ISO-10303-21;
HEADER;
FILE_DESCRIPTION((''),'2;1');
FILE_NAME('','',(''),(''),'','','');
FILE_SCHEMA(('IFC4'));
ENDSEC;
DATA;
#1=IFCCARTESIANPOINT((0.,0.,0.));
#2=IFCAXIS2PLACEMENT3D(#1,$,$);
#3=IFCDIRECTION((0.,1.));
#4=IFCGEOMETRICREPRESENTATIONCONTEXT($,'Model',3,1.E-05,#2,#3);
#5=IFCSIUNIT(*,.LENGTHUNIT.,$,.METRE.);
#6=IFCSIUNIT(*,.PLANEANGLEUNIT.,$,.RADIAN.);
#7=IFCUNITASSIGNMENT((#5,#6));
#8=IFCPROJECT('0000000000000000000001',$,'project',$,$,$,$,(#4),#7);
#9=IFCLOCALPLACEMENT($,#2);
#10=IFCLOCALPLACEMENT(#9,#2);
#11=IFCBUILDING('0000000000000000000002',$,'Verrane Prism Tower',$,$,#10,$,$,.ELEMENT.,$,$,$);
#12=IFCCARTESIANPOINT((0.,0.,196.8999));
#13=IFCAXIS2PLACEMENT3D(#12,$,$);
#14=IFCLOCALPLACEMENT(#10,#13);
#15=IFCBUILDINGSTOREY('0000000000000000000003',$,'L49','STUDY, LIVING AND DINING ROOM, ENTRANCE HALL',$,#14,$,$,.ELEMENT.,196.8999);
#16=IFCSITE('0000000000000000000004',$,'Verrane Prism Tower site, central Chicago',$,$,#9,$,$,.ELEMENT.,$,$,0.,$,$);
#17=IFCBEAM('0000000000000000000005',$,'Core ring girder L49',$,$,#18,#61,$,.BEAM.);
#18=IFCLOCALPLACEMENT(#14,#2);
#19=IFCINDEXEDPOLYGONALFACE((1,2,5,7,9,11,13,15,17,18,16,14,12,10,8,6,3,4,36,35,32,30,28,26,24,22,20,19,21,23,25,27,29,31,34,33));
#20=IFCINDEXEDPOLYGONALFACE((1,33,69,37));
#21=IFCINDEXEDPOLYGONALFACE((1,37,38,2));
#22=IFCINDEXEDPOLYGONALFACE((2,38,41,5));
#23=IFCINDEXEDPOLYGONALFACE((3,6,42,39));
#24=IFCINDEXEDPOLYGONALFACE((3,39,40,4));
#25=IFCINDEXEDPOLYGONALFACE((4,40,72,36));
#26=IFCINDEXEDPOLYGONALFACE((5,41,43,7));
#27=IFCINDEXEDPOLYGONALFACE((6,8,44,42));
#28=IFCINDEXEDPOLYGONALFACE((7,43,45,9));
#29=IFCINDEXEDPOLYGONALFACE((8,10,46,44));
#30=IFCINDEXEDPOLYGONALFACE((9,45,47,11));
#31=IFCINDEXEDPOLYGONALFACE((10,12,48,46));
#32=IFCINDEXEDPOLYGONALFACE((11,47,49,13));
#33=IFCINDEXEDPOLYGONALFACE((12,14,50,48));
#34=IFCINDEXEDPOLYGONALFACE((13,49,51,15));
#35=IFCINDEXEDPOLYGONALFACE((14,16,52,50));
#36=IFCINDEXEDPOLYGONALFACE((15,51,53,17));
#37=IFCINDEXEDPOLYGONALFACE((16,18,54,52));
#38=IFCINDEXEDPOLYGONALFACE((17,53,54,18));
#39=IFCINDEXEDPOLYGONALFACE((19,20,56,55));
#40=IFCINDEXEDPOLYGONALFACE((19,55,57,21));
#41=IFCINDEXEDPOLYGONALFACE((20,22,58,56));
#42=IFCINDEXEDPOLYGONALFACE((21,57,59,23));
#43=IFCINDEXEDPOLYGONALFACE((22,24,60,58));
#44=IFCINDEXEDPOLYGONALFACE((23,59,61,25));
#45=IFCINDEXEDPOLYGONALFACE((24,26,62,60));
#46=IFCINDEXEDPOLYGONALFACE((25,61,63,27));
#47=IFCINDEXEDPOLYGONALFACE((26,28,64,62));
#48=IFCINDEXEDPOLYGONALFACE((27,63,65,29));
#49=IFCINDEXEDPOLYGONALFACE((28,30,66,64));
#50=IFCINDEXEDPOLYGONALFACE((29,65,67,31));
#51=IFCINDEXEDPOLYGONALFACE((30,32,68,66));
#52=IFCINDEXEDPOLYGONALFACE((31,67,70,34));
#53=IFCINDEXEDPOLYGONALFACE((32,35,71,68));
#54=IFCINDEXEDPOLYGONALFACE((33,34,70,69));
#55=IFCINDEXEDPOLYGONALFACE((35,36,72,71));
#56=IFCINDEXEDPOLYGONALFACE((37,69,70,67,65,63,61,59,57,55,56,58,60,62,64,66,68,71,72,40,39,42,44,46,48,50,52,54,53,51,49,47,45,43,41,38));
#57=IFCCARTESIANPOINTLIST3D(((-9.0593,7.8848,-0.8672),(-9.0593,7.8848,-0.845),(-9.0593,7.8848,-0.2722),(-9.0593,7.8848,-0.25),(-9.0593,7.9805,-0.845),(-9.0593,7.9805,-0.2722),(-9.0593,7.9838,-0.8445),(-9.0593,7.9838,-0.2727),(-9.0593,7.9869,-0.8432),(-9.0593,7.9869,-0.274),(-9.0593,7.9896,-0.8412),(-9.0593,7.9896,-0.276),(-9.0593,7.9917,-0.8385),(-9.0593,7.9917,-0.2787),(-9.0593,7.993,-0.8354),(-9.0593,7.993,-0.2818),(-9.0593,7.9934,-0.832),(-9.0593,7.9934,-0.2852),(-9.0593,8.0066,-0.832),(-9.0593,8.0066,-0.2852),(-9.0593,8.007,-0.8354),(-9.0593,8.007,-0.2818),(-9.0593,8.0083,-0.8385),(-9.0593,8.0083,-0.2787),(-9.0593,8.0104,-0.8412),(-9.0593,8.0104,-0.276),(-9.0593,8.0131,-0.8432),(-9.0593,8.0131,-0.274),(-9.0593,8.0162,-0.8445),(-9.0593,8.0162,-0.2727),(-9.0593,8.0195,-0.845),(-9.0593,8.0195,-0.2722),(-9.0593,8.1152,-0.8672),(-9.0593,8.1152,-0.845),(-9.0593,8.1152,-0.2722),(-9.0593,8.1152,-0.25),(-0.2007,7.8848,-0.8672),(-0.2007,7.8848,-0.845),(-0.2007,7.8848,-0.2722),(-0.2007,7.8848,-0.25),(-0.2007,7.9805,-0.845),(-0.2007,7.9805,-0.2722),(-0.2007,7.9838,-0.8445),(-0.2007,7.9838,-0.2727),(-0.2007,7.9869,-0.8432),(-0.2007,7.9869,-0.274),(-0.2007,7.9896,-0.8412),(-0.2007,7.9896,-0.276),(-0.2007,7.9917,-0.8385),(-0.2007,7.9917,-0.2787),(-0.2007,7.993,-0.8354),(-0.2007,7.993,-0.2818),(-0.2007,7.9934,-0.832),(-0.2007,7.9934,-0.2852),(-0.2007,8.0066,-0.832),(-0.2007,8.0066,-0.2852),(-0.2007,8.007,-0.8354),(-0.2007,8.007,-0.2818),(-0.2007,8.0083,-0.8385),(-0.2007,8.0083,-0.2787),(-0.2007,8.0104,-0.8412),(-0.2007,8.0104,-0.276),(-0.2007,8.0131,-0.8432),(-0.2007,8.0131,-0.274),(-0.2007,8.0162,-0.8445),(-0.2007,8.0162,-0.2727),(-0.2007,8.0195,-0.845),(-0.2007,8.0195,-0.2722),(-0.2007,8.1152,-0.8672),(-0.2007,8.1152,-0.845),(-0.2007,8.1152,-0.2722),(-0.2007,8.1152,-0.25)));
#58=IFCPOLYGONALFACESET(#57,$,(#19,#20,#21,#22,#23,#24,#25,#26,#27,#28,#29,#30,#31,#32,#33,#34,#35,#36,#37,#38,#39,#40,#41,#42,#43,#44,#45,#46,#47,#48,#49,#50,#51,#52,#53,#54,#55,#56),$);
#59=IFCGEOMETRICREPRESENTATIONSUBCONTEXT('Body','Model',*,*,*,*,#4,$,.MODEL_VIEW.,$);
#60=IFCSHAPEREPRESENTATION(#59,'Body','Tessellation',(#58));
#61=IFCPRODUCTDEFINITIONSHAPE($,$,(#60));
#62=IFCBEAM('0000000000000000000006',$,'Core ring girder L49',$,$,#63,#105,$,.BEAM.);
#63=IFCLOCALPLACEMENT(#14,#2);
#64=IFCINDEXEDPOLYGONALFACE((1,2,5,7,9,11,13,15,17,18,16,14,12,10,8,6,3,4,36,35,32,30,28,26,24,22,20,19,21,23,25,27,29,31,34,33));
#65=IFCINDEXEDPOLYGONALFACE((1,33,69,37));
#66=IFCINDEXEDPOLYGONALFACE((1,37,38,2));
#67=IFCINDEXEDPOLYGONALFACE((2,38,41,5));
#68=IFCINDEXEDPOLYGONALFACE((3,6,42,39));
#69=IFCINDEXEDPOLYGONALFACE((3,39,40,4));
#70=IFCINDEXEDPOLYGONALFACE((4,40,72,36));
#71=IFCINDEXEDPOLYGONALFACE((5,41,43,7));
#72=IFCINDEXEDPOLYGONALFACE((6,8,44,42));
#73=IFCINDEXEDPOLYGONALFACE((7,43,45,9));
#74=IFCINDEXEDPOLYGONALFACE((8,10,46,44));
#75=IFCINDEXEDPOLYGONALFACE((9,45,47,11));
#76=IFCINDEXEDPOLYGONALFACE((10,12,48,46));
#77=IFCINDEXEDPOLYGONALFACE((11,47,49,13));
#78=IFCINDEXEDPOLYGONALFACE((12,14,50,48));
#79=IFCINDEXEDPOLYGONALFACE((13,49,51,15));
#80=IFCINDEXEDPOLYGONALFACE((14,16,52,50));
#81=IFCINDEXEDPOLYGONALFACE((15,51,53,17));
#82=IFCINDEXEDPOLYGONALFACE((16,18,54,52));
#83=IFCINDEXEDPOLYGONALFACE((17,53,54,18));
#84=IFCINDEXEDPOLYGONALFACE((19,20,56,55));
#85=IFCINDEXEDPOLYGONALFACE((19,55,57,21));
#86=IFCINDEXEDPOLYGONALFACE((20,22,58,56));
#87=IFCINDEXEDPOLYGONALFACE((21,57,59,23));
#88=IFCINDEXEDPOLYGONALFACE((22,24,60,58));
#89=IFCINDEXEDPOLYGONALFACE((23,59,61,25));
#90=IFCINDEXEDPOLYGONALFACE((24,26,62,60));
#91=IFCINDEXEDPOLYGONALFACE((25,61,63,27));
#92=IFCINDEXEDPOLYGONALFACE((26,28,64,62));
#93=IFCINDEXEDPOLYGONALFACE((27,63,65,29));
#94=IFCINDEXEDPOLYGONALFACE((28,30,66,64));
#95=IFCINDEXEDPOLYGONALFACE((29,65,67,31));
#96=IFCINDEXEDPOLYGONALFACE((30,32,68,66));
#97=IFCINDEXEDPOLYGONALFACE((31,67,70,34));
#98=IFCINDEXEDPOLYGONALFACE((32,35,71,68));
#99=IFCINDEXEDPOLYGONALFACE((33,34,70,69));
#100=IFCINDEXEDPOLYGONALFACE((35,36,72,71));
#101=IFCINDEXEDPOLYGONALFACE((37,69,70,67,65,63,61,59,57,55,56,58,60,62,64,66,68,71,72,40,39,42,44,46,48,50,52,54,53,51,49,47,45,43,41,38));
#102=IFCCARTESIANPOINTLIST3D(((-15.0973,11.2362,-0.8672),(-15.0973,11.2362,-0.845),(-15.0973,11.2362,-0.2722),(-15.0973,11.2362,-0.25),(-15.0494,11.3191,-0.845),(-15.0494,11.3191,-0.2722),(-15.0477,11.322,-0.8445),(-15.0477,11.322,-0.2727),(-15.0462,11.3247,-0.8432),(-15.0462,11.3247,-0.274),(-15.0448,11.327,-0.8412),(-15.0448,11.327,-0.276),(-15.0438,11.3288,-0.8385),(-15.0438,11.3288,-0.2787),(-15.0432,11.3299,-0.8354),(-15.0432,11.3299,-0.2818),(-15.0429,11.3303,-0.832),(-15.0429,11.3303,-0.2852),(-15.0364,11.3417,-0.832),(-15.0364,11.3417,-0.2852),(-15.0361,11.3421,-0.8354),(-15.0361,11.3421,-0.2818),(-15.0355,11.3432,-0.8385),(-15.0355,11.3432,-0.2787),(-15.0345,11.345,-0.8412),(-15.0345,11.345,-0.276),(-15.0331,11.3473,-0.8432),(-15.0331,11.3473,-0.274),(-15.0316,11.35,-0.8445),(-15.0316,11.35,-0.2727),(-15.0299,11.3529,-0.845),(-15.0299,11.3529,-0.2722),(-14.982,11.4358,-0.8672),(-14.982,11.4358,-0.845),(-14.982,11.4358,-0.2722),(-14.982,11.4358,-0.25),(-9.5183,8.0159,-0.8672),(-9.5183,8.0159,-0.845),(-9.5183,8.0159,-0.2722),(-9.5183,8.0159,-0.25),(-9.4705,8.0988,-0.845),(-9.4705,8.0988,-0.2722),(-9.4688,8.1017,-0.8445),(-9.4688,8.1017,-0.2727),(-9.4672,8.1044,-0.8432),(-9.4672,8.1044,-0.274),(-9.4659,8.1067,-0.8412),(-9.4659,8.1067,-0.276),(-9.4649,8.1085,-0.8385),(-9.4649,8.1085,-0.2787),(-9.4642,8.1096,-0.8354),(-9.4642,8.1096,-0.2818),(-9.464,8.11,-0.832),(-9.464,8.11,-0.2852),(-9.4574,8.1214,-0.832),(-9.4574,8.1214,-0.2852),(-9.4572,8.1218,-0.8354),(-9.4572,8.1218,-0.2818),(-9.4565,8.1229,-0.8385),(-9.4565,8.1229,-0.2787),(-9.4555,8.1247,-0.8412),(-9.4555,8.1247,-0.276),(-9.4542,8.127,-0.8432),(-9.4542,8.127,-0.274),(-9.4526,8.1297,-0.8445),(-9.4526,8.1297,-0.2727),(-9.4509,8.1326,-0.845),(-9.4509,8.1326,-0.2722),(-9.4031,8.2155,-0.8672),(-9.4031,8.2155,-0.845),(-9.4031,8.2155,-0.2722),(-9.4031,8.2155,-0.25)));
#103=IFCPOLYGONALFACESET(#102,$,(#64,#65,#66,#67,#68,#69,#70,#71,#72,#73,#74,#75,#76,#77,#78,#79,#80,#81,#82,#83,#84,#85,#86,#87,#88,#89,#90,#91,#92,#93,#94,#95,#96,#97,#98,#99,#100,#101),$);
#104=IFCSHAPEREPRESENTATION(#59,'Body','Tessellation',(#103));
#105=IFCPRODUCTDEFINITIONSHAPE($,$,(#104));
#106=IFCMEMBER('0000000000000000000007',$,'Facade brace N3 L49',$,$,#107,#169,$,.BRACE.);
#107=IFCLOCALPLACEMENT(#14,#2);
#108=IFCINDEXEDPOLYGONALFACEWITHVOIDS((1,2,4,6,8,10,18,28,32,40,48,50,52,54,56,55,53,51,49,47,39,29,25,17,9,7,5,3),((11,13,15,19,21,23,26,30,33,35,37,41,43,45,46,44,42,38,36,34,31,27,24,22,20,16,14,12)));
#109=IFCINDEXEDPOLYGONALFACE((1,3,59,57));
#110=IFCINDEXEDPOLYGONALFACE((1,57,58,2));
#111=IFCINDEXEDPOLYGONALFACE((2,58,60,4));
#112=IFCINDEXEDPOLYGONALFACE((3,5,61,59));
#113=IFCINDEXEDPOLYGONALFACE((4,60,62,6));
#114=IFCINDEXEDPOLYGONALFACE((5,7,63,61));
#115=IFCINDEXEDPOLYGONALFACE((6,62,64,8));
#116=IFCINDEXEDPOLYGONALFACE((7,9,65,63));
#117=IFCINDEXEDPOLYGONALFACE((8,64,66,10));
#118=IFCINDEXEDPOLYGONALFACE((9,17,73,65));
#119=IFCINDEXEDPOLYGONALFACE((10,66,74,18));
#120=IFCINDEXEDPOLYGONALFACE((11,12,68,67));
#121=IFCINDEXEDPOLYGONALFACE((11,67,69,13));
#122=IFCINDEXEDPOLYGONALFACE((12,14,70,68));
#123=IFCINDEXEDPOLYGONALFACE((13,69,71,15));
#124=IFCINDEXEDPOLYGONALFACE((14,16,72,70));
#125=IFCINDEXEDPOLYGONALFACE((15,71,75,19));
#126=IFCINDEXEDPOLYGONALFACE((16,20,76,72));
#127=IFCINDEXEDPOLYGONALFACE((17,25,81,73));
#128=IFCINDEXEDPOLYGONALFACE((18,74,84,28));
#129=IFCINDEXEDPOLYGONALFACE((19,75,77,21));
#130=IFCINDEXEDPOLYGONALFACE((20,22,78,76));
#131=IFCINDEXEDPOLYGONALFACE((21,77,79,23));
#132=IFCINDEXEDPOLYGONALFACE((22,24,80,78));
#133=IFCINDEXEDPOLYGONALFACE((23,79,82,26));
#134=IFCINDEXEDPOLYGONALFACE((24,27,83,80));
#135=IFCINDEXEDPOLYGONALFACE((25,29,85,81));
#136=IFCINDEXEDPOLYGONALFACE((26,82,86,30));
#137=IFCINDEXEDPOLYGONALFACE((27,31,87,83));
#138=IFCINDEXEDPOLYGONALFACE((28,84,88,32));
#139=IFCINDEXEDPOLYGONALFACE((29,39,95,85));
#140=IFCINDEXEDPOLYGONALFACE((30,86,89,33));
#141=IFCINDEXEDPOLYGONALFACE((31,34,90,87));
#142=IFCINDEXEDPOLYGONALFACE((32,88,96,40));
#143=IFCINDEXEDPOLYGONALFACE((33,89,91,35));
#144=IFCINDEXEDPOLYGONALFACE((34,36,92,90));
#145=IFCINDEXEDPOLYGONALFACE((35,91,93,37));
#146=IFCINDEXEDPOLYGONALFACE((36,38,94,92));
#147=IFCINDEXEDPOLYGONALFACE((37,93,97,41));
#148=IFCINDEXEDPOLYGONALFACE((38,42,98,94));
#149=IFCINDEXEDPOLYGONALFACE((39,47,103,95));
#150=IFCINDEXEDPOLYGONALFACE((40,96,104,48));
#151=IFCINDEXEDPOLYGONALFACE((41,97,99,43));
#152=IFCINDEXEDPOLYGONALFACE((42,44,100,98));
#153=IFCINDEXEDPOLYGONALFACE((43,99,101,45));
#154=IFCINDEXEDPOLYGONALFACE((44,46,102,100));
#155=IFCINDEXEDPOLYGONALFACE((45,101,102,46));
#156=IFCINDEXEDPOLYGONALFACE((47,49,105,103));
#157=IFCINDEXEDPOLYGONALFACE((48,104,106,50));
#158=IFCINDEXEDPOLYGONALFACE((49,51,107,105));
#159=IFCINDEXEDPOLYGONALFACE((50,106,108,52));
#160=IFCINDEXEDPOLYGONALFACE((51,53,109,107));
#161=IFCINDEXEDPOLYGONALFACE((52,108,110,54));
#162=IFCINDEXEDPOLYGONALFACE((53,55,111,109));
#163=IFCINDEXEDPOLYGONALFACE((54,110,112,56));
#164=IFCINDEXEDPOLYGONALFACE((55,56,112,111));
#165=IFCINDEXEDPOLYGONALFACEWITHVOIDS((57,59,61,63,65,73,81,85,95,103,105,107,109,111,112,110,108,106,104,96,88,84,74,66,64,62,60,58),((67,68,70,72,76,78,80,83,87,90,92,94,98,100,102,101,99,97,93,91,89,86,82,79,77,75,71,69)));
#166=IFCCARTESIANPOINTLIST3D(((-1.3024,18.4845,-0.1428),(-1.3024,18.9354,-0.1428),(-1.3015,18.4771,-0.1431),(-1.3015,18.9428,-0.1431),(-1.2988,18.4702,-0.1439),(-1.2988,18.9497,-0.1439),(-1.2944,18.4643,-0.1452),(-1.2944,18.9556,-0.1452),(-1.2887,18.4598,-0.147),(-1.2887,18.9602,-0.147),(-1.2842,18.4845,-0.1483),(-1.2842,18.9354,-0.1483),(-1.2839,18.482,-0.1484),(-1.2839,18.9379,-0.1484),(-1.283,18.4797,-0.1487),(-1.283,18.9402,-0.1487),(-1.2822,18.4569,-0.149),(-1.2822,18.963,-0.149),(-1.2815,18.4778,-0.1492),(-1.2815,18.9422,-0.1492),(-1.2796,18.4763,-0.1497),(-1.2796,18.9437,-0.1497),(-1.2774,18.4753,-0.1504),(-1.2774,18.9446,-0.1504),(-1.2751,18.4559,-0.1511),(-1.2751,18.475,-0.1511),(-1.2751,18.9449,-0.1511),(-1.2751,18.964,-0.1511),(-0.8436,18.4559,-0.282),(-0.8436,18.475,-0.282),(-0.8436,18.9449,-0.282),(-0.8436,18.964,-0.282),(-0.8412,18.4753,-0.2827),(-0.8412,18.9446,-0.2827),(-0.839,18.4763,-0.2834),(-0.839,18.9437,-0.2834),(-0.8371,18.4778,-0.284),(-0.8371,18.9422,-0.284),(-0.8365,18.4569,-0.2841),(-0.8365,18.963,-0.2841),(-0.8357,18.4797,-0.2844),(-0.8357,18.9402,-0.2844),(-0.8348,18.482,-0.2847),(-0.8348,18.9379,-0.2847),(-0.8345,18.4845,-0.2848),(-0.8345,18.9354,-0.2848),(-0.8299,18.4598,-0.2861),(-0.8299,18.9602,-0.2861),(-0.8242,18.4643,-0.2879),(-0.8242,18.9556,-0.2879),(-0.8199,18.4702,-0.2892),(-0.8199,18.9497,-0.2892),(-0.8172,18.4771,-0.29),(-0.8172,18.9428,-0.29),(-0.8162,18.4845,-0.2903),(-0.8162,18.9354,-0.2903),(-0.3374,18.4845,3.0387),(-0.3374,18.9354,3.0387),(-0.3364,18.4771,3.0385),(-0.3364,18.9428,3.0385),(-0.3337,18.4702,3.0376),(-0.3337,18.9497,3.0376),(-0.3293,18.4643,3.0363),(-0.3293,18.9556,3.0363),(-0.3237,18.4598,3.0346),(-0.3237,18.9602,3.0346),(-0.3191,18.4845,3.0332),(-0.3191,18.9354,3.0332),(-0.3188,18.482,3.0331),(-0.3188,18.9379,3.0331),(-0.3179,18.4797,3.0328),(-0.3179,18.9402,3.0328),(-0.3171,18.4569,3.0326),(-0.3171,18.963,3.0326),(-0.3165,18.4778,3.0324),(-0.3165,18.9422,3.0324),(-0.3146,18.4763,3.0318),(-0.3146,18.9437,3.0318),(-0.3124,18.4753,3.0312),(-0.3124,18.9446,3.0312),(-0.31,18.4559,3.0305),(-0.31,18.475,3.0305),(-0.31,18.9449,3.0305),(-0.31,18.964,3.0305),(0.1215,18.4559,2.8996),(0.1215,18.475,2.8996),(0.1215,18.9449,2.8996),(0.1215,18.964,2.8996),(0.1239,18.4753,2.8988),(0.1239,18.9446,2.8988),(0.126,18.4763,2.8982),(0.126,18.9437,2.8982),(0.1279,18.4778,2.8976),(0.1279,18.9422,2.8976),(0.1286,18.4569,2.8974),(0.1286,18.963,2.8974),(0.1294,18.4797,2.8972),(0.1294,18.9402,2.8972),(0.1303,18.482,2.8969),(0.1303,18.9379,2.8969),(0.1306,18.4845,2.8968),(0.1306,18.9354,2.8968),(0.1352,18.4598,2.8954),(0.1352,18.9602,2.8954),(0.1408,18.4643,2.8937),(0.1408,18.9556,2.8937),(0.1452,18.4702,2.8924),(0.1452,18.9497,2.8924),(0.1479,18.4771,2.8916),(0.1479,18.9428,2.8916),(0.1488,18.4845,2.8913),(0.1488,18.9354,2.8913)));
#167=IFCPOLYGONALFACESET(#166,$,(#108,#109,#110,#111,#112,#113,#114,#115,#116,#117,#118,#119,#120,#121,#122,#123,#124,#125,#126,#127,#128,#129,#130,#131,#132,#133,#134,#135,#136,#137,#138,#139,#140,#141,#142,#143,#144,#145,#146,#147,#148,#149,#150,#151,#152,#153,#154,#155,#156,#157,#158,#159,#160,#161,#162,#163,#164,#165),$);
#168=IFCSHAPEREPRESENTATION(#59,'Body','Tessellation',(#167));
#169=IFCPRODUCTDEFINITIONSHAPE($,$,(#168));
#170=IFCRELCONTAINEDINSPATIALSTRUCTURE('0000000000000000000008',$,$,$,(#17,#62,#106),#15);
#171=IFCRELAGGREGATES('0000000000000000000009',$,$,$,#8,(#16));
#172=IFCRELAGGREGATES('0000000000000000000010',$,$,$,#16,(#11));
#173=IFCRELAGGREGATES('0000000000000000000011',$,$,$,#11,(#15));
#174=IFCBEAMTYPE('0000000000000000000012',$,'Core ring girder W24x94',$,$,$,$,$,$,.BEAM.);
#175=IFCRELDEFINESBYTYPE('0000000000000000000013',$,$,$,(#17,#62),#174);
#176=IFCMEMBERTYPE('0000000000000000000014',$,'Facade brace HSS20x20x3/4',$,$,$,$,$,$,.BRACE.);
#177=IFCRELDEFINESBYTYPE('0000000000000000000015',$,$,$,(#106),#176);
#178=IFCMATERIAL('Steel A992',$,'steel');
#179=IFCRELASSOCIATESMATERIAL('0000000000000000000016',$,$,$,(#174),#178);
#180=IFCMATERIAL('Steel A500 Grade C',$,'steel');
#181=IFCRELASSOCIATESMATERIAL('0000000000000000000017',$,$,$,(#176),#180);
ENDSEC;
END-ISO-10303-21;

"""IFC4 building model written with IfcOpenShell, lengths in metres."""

from ifc_helpers import new_model, si_unit, direction, frame, origin, origin_2d, place, context, subcontext, project, spatial, hollow_rectangle, i_section, extrude, material, material_profile, profile_set, type_object, element, save


model = new_model("IFC4")

# Units and contexts
model_context = context("Model", 3, precision=1e-05, world=origin(), true_north=direction((0.0, 1.0)))
body_context = subcontext(model_context, "Body", "Model", "MODEL_VIEW")
ifc_project = project(units=[si_unit("LENGTHUNIT", "METRE"), si_unit("PLANEANGLEUNIT", "RADIAN")], contexts=[model_context])

# Site, building, storey
site_placement = place(None, origin())
site = spatial("IfcSite", under=ifc_project, at=site_placement, Name="Verrane Prism Tower site, central Chicago", CompositionType="ELEMENT", RefElevation=0.0)
building_placement = place(site_placement, origin())
building = spatial("IfcBuilding", under=site, at=building_placement, Name="Verrane Prism Tower", CompositionType="ELEMENT")
storey_placement = place(building_placement, frame((0.0, 0.0, 196.8999)))
storey = spatial("IfcBuildingStorey", under=building, at=storey_placement, Name="L49", Description="STUDY, LIVING AND DINING ROOM, ENTRANCE HALL", CompositionType="ELEMENT", Elevation=196.8999)

# Beams
ifc_material_1 = material(Name="Steel A992", Category="steel")
ifc_material_profile_1 = material_profile(ifc_material_1, i_section(OverallWidth=0.2305, OverallDepth=0.6172, WebThickness=0.0132, FlangeThickness=0.0222, FilletRadius=0.0129, at=origin_2d()), Name="W24x94")
ifc_profile_set_1 = profile_set([ifc_material_profile_1], Name="Steel A992")
beam_type_1 = type_object("IfcBeamType", Name="Core ring girder W24x94", PredefinedType="BEAM", material=ifc_profile_set_1)
beam_1_placement = place(storey_placement, frame((-0.2007, 8.0, -0.5586), z_axis=(-1.0, 0.0, 0.0), x_axis=(0.0, -1.0, 0.0)))
element("IfcBeam", 1, at=beam_1_placement, inside=storey, type_object=beam_type_1, Name="Core ring girder L49", PredefinedType="BEAM", context=body_context, shape_type="SweptSolid", body=[
    extrude(i_section(OverallWidth=0.2305, OverallDepth=0.6172, WebThickness=0.0132, FlangeThickness=0.0222, FilletRadius=0.0129, at=origin_2d()), origin(), (0.0, 0.0, 1.0), 8.8586),
])
beam_2_placement = place(storey_placement, frame((-9.4607, 8.1157, -0.5586), z_axis=(-0.866075, 0.499914, 0.0), x_axis=(-0.499914, -0.866075, 0.0)))
element("IfcBeam", 2, at=beam_2_placement, inside=storey, type_object=beam_type_1, Name="Core ring girder L49", PredefinedType="BEAM", context=body_context, shape_type="SweptSolid", body=[
    extrude(i_section(OverallWidth=0.2305, OverallDepth=0.6172, WebThickness=0.0132, FlangeThickness=0.0222, FilletRadius=0.0129, at=origin_2d()), origin(), (0.0, 0.0, 1.0), 6.4417),
])

# Member
ifc_material_2 = material(Name="Steel A500 Grade C", Category="steel")
ifc_material_profile_2 = material_profile(ifc_material_2, hollow_rectangle(XDim=0.5081, YDim=0.5081, WallThickness=0.019, InnerFilletRadius=0.0095, OuterFilletRadius=0.0286, at=origin_2d()), Name="HSS20x20x3/4")
ifc_profile_set_2 = profile_set([ifc_material_profile_2], Name="Steel A500 Grade C")
member_type_1 = type_object("IfcMemberType", Name="Facade brace HSS20x20x3/4", PredefinedType="BRACE", material=ifc_profile_set_2)
member_1_placement = place(storey_placement, frame((-1.0593, 18.71, -0.2166), z_axis=(0.29027, 0.0, 0.956945), x_axis=(0.0, 1.0, 0.0)))
element("IfcMember", 3, at=member_1_placement, inside=storey, type_object=member_type_1, Name="Facade brace N3 L49", PredefinedType="BRACE", context=body_context, shape_type="SweptSolid", body=[
    extrude(hollow_rectangle(XDim=0.5081, YDim=0.5081, WallThickness=0.019, InnerFilletRadius=0.0095, OuterFilletRadius=0.0286, at=origin_2d()), origin(), (0.0, 0.0, 1.0), 3.3247),
])

save(model, "model.ifc")
